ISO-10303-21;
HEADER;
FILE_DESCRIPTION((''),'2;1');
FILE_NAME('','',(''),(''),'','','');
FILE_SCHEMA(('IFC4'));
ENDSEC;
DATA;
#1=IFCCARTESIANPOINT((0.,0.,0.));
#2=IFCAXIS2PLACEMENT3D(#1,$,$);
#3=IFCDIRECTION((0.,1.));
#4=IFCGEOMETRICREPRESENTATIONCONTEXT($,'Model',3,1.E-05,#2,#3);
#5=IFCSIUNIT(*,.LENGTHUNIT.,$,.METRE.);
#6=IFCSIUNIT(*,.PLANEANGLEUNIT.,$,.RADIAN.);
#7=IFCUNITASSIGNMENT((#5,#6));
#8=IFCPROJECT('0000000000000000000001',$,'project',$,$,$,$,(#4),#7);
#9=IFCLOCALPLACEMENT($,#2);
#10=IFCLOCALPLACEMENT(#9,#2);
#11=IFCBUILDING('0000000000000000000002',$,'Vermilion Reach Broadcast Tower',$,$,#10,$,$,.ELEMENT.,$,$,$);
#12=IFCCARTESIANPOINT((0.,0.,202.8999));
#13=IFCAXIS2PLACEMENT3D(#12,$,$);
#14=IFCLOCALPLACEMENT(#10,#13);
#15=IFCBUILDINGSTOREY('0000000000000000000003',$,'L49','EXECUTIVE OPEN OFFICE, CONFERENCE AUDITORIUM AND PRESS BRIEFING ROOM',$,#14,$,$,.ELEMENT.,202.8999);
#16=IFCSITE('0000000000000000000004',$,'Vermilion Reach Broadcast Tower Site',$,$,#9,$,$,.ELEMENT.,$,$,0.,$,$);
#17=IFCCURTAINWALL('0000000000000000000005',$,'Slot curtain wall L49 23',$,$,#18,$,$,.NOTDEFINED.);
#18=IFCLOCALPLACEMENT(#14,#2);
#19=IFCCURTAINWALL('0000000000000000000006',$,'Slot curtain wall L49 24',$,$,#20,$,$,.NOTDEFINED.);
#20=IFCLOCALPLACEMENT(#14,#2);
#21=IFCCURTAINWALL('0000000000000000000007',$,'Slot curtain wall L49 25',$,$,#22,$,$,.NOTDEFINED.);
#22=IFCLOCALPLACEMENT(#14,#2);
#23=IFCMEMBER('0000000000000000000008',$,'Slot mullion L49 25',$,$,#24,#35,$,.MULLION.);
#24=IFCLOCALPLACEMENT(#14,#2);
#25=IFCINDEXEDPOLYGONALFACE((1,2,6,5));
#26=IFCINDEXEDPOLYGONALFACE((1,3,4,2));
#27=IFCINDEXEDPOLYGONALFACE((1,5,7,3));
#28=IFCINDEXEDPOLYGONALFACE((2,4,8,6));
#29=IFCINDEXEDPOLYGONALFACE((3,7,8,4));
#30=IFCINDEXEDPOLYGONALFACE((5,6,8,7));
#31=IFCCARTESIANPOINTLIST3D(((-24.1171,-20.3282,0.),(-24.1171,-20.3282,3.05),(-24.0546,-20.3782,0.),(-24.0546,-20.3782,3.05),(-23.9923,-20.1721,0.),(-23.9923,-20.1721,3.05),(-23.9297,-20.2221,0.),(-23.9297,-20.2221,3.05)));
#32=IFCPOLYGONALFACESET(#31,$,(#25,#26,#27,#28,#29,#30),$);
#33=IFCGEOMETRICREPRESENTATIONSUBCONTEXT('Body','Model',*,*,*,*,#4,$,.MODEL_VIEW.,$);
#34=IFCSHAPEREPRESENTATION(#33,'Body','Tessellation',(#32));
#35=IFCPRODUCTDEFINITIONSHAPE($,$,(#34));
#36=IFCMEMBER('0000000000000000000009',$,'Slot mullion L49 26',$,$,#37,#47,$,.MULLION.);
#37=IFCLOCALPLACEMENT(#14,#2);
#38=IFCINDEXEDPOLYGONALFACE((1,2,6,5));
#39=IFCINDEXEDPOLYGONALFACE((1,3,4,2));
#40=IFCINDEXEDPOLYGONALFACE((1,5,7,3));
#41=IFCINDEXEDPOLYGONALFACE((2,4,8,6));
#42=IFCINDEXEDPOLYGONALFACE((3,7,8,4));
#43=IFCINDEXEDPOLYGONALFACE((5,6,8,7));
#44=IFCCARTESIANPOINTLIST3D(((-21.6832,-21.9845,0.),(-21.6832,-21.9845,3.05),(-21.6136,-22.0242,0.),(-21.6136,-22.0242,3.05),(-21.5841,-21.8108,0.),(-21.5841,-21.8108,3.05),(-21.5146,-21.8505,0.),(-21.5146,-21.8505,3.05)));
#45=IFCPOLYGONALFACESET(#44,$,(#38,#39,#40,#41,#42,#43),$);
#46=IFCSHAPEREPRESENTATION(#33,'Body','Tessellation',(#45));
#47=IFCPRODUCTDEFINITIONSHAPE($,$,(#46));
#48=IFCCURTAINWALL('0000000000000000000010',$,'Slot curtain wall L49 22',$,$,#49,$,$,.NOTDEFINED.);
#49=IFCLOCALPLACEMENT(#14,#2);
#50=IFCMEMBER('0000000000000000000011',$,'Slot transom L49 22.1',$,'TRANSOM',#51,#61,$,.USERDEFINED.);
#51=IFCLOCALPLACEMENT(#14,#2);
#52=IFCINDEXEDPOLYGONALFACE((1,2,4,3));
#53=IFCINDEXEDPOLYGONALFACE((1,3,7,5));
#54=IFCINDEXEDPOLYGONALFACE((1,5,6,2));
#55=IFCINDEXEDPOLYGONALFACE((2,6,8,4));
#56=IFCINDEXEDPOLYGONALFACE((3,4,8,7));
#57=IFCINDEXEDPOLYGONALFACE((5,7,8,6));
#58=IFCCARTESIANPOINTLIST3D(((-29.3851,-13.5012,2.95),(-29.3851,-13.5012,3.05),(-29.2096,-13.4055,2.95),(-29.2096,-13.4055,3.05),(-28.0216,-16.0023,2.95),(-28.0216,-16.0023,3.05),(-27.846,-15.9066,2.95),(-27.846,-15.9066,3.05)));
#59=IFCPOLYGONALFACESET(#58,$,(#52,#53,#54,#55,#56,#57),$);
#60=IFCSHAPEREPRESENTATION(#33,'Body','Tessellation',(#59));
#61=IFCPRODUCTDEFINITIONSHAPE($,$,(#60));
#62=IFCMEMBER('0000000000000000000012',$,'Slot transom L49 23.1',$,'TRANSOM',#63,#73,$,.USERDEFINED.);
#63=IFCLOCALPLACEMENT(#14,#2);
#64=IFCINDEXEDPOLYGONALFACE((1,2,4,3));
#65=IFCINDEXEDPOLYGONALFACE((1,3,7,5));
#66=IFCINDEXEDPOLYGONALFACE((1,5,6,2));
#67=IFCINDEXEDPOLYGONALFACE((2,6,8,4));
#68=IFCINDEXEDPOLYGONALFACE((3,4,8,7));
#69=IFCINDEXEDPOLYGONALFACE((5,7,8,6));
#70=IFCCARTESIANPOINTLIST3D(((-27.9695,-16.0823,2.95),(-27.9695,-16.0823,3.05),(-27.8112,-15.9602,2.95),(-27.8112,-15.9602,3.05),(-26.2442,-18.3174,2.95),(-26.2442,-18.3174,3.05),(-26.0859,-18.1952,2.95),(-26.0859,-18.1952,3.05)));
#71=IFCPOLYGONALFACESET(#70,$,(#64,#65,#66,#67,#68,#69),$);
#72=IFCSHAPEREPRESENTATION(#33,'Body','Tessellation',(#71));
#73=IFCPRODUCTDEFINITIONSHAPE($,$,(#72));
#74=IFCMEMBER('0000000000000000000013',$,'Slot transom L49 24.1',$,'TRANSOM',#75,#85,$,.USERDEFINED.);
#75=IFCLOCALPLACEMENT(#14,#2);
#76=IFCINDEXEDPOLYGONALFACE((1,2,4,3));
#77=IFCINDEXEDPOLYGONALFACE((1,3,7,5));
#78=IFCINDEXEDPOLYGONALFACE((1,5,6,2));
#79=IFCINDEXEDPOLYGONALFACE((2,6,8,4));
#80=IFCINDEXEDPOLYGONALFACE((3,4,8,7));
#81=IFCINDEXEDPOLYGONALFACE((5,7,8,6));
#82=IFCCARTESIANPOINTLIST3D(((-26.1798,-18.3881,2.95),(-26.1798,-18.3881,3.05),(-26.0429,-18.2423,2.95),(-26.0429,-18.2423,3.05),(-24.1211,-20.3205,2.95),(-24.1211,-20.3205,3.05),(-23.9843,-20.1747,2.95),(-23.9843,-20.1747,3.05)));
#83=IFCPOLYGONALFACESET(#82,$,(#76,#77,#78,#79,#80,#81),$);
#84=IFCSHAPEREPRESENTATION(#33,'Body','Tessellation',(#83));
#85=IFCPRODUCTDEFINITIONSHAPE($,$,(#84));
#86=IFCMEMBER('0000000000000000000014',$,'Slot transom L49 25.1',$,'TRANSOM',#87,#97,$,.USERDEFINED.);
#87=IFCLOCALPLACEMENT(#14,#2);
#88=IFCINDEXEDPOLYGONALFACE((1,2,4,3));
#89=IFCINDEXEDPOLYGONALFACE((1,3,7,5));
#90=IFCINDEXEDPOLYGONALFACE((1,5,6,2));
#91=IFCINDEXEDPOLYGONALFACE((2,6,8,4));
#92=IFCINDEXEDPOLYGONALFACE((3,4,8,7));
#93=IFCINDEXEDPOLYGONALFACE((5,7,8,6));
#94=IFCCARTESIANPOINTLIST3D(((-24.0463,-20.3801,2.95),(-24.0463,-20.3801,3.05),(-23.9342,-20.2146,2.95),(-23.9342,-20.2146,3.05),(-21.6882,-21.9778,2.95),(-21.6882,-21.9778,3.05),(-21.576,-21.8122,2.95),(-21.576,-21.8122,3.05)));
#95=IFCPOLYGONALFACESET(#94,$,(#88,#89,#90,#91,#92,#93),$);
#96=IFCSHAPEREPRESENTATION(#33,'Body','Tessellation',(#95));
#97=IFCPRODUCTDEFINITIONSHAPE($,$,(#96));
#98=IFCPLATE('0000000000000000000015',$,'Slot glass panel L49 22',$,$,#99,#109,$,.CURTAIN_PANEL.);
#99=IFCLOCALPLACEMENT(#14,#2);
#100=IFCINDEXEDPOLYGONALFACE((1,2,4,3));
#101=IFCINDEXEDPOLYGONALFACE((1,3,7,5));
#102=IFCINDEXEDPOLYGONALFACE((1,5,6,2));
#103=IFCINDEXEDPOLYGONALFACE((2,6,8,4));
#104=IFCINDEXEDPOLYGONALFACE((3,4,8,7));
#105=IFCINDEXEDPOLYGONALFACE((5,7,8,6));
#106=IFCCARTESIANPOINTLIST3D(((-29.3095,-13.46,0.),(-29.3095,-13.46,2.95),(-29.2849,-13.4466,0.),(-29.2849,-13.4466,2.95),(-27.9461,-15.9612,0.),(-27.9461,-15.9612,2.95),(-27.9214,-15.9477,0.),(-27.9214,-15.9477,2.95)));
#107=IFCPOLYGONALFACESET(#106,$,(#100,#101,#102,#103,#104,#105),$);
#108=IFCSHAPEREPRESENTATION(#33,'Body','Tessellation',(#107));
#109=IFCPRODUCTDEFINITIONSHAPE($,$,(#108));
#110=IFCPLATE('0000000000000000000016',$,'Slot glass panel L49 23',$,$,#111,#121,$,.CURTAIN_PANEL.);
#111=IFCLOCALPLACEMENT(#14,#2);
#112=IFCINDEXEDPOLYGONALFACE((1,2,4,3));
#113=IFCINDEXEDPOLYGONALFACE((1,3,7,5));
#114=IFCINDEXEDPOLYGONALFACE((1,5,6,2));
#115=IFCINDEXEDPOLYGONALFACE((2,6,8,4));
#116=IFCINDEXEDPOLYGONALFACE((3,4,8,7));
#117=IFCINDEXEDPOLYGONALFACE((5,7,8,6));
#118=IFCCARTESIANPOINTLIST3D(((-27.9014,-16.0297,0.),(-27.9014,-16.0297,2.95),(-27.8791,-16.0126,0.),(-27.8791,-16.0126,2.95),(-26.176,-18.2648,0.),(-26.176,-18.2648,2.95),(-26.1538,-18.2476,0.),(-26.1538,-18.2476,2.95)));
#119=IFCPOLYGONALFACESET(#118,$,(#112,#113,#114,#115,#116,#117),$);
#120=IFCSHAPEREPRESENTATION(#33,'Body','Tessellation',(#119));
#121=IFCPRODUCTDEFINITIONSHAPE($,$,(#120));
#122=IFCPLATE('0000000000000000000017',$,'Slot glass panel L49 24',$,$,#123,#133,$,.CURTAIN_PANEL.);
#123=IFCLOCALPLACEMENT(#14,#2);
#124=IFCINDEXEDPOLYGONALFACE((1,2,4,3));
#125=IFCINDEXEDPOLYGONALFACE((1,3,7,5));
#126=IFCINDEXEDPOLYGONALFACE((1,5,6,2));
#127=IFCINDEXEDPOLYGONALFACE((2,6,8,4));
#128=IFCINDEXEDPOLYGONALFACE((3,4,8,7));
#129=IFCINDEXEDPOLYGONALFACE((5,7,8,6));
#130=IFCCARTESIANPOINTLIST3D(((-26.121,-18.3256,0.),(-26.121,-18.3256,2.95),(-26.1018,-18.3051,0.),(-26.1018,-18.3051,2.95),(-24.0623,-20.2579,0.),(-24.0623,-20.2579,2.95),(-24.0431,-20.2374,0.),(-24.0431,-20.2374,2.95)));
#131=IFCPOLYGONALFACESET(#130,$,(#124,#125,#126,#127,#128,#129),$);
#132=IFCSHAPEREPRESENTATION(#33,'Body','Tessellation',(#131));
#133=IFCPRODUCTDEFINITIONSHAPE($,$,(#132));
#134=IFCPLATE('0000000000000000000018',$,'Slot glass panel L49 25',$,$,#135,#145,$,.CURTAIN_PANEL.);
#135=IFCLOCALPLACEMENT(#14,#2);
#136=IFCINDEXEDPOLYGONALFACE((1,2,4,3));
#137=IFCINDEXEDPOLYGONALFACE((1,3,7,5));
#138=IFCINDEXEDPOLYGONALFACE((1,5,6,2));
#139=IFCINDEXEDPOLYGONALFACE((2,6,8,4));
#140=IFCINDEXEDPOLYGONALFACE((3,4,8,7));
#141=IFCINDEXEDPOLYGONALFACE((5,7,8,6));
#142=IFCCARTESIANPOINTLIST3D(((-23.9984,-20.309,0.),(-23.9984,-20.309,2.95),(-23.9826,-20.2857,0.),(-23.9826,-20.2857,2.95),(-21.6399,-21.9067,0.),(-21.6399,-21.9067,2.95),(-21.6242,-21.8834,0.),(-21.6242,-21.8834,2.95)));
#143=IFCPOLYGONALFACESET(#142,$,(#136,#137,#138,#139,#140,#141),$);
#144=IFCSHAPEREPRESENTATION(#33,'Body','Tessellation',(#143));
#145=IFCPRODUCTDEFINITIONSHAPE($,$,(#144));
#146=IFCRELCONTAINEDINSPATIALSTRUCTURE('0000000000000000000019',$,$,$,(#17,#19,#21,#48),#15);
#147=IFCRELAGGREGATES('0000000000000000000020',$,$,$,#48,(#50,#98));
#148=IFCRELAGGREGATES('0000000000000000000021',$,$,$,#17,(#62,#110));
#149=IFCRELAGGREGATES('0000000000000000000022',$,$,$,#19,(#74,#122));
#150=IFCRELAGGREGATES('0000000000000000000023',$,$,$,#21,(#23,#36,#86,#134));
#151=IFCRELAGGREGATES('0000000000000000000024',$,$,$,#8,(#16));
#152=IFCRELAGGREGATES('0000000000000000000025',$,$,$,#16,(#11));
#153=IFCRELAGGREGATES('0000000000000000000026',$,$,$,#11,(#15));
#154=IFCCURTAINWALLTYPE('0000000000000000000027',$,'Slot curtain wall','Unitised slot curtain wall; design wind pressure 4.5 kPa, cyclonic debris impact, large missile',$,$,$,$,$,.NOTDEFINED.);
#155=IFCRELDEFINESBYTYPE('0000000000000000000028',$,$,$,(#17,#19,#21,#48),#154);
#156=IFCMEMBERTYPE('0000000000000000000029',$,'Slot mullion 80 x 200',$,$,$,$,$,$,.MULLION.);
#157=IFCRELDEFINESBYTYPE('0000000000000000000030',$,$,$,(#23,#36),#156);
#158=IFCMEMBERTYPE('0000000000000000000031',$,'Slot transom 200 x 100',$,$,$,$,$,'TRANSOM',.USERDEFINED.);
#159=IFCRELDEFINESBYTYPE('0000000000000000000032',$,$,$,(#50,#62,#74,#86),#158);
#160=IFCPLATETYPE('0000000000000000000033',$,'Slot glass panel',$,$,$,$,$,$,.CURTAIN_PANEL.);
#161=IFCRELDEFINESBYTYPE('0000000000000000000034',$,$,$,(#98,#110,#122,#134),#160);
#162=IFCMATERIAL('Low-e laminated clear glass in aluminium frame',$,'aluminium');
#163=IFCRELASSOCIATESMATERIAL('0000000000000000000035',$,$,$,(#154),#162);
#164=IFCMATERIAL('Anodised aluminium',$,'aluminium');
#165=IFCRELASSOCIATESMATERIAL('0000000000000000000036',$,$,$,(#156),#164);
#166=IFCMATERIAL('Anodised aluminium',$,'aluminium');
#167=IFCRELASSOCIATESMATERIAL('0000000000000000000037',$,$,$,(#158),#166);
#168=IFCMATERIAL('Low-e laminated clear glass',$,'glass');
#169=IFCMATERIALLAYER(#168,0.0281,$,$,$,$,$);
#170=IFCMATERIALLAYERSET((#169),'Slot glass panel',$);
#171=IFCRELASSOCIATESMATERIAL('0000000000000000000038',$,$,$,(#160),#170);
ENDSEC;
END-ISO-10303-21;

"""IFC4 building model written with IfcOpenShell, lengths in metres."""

from ifc_helpers import new_model, si_unit, direction, frame, origin, origin_2d, place, context, subcontext, project, spatial, rectangle, extrude, material, layer, layer_set, material_profile, profile_set, type_object, element, aggregate, save


model = new_model("IFC4")

# Units and contexts
model_context = context("Model", 3, precision=1e-05, world=origin(), true_north=direction((0.0, 1.0)))
body_context = subcontext(model_context, "Body", "Model", "MODEL_VIEW")
ifc_project = project(units=[si_unit("LENGTHUNIT", "METRE"), si_unit("PLANEANGLEUNIT", "RADIAN")], contexts=[model_context])

# Site, building, storey
site_placement = place(None, origin())
site = spatial("IfcSite", under=ifc_project, at=site_placement, Name="Vermilion Reach Broadcast Tower Site", CompositionType="ELEMENT", RefElevation=0.0)
building_placement = place(site_placement, origin())
building = spatial("IfcBuilding", under=site, at=building_placement, Name="Vermilion Reach Broadcast Tower", CompositionType="ELEMENT")
storey_placement = place(building_placement, frame((0.0, 0.0, 202.8999)))
storey = spatial("IfcBuildingStorey", under=building, at=storey_placement, Name="L49", Description="EXECUTIVE OPEN OFFICE, CONFERENCE AUDITORIUM AND PRESS BRIEFING ROOM", CompositionType="ELEMENT", Elevation=202.8999)

# Curtain walls
ifc_material_1 = material(Name="Low-e laminated clear glass in aluminium frame", Category="aluminium")
curtain_wall_type = type_object("IfcCurtainWallType", Name="Slot curtain wall", Description="Unitised slot curtain wall; design wind pressure 4.5 kPa, cyclonic debris impact, large missile", PredefinedType="NOTDEFINED", material=ifc_material_1)
placement = place(storey_placement, origin())
curtain_wall_1 = element("IfcCurtainWall", 1, at=placement, inside=storey, type_object=curtain_wall_type, Name="Slot curtain wall L49 23", PredefinedType="NOTDEFINED")
ifc_material_2 = material(Name="Anodised aluminium", Category="aluminium")
ifc_material_profile_1 = material_profile(ifc_material_2, rectangle(XDim=0.2, YDim=0.0801, at=origin_2d()), Name="Slot mullion 80 x 200")
ifc_profile_set_1 = profile_set([ifc_material_profile_1], Name="Anodised aluminium")
member_type_1 = type_object("IfcMemberType", Name="Slot mullion 80 x 200", PredefinedType="MULLION", material=ifc_profile_set_1)
curtain_wall_2 = element("IfcCurtainWall", 2, at=placement, inside=storey, type_object=curtain_wall_type, Name="Slot curtain wall L49 24", PredefinedType="NOTDEFINED")

# Curtain wall, members
curtain_wall_3 = element("IfcCurtainWall", 3, at=placement, inside=storey, type_object=curtain_wall_type, Name="Slot curtain wall L49 25", PredefinedType="NOTDEFINED")
member_1_placement = place(storey_placement, frame((-24.0234, -20.2751, 0.0), z_axis=(0.0, 0.0, 1.0), x_axis=(0.624576, 0.780964, 0.0)))
member_1 = element("IfcMember", 4, at=member_1_placement, type_object=member_type_1, Name="Slot mullion L49 25", PredefinedType="MULLION", context=body_context, shape_type="SweptSolid", body=[
    extrude(rectangle(XDim=0.2, YDim=0.0801, at=origin_2d()), origin(), (0.0, 0.0, 1.0), 3.05),
])
member_2_placement = place(storey_placement, frame((-21.5989, -21.9175, 0.0), z_axis=(0.0, 0.0, 1.0), x_axis=(0.495255, 0.868748, 0.0)))
member_2 = element("IfcMember", 5, at=member_2_placement, type_object=member_type_1, Name="Slot mullion L49 26", PredefinedType="MULLION", context=body_context, shape_type="SweptSolid", body=[
    extrude(rectangle(XDim=0.2, YDim=0.0801, at=origin_2d()), origin(), (0.0, 0.0, 1.0), 3.05),
])

# Curtain wall, member
curtain_wall_4 = element("IfcCurtainWall", 6, at=placement, inside=storey, type_object=curtain_wall_type, Name="Slot curtain wall L49 22", PredefinedType="NOTDEFINED")
ifc_material_3 = material(Name="Anodised aluminium", Category="aluminium")
ifc_material_profile_2 = material_profile(ifc_material_3, rectangle(XDim=0.2, YDim=0.1001, at=origin_2d()), Name="Slot transom 200 x 100")
ifc_profile_set_2 = profile_set([ifc_material_profile_2], Name="Anodised aluminium")
member_type_2 = type_object("IfcMemberType", Name="Slot transom 200 x 100", ElementType="TRANSOM", PredefinedType="USERDEFINED", material=ifc_profile_set_2)
member_3_placement = place(storey_placement, frame((-29.2974, -13.4534, 3.0), z_axis=(0.478678, -0.877991, 0.0), x_axis=(0.877991, 0.478678, 0.0)))
member_3 = element("IfcMember", 7, at=member_3_placement, type_object=member_type_2, Name="Slot transom L49 22.1", ObjectType="TRANSOM", PredefinedType="USERDEFINED", context=body_context, shape_type="SweptSolid", body=[
    extrude(rectangle(XDim=0.2, YDim=0.1001, at=origin_2d()), origin(), (0.0, 0.0, 1.0), 2.8486),
])

# Members
member_4_placement = place(storey_placement, frame((-27.8904, -16.0212, 3.0), z_axis=(0.611051, -0.791591, 0.0), x_axis=(0.791591, 0.611051, 0.0)))
member_4 = element("IfcMember", 8, at=member_4_placement, type_object=member_type_2, Name="Slot transom L49 23.1", ObjectType="TRANSOM", PredefinedType="USERDEFINED", context=body_context, shape_type="SweptSolid", body=[
    extrude(rectangle(XDim=0.2, YDim=0.1001, at=origin_2d()), origin(), (0.0, 0.0, 1.0), 2.8235),
])
member_5_placement = place(storey_placement, frame((-26.1113, -18.3152, 3.0), z_axis=(0.729106, -0.684401, 0.0), x_axis=(0.684401, 0.729106, 0.0)))
member_5 = element("IfcMember", 9, at=member_5_placement, type_object=member_type_2, Name="Slot transom L49 24.1", ObjectType="TRANSOM", PredefinedType="USERDEFINED", context=body_context, shape_type="SweptSolid", body=[
    extrude(rectangle(XDim=0.2, YDim=0.1001, at=origin_2d()), origin(), (0.0, 0.0, 1.0), 2.8235),
])
member_6_placement = place(storey_placement, frame((-23.9902, -20.2974, 3.0), z_axis=(0.827887, -0.560896, 0.0), x_axis=(0.560896, 0.827887, 0.0)))
member_6 = element("IfcMember", 10, at=member_6_placement, type_object=member_type_2, Name="Slot transom L49 25.1", ObjectType="TRANSOM", PredefinedType="USERDEFINED", context=body_context, shape_type="SweptSolid", body=[
    extrude(rectangle(XDim=0.2, YDim=0.1001, at=origin_2d()), origin(), (0.0, 0.0, 1.0), 2.8484),
])

# Plates
ifc_material_4 = material(Name="Low-e laminated clear glass", Category="glass")
ifc_layer = layer(ifc_material_4, 0.0281)
ifc_layer_set = layer_set([ifc_layer], Name="Slot glass panel")
plate_type = type_object("IfcPlateType", Name="Slot glass panel", PredefinedType="CURTAIN_PANEL", material=ifc_layer_set)
plate_1_placement = place(storey_placement, frame((-28.6155, -14.7039, 0.0), z_axis=(0.0, 0.0, 1.0), x_axis=(0.478622, -0.878021, 0.0)))
plate_1 = element("IfcPlate", 11, at=plate_1_placement, type_object=plate_type, Name="Slot glass panel L49 22", PredefinedType="CURTAIN_PANEL", context=body_context, shape_type="SweptSolid", body=[
    extrude(rectangle(XDim=2.8486, YDim=0.0281, at=origin_2d()), origin(), (0.0, 0.0, 1.0), 2.95),
])
aggregate(curtain_wall_4, [member_3, plate_1])
plate_2_placement = place(storey_placement, frame((-27.0276, -17.1387, 0.0), z_axis=(0.0, 0.0, 1.0), x_axis=(0.611068, -0.791578, 0.0)))
plate_2 = element("IfcPlate", 12, at=plate_2_placement, type_object=plate_type, Name="Slot glass panel L49 23", PredefinedType="CURTAIN_PANEL", context=body_context, shape_type="SweptSolid", body=[
    extrude(rectangle(XDim=2.8235, YDim=0.0281, at=origin_2d()), origin(), (0.0, 0.0, 1.0), 2.95),
])
aggregate(curtain_wall_1, [member_4, plate_2])
plate_3_placement = place(storey_placement, frame((-25.082, -19.2815, 0.0), z_axis=(0.0, 0.0, 1.0), x_axis=(0.729127, -0.684379, 0.0)))
plate_3 = element("IfcPlate", 13, at=plate_3_placement, type_object=plate_type, Name="Slot glass panel L49 24", PredefinedType="CURTAIN_PANEL", context=body_context, shape_type="SweptSolid", body=[
    extrude(rectangle(XDim=2.8235, YDim=0.0281, at=origin_2d()), origin(), (0.0, 0.0, 1.0), 2.95),
])
aggregate(curtain_wall_2, [member_5, plate_3])
plate_4_placement = place(storey_placement, frame((-22.8113, -21.0962, 0.0), z_axis=(0.0, 0.0, 1.0), x_axis=(0.827909, -0.560862, 0.0)))
plate_4 = element("IfcPlate", 14, at=plate_4_placement, type_object=plate_type, Name="Slot glass panel L49 25", PredefinedType="CURTAIN_PANEL", context=body_context, shape_type="SweptSolid", body=[
    extrude(rectangle(XDim=2.8486, YDim=0.0281, at=origin_2d()), origin(), (0.0, 0.0, 1.0), 2.95),
])
aggregate(curtain_wall_3, [member_1, member_2, member_6, plate_4])

save(model, "model.ifc")
